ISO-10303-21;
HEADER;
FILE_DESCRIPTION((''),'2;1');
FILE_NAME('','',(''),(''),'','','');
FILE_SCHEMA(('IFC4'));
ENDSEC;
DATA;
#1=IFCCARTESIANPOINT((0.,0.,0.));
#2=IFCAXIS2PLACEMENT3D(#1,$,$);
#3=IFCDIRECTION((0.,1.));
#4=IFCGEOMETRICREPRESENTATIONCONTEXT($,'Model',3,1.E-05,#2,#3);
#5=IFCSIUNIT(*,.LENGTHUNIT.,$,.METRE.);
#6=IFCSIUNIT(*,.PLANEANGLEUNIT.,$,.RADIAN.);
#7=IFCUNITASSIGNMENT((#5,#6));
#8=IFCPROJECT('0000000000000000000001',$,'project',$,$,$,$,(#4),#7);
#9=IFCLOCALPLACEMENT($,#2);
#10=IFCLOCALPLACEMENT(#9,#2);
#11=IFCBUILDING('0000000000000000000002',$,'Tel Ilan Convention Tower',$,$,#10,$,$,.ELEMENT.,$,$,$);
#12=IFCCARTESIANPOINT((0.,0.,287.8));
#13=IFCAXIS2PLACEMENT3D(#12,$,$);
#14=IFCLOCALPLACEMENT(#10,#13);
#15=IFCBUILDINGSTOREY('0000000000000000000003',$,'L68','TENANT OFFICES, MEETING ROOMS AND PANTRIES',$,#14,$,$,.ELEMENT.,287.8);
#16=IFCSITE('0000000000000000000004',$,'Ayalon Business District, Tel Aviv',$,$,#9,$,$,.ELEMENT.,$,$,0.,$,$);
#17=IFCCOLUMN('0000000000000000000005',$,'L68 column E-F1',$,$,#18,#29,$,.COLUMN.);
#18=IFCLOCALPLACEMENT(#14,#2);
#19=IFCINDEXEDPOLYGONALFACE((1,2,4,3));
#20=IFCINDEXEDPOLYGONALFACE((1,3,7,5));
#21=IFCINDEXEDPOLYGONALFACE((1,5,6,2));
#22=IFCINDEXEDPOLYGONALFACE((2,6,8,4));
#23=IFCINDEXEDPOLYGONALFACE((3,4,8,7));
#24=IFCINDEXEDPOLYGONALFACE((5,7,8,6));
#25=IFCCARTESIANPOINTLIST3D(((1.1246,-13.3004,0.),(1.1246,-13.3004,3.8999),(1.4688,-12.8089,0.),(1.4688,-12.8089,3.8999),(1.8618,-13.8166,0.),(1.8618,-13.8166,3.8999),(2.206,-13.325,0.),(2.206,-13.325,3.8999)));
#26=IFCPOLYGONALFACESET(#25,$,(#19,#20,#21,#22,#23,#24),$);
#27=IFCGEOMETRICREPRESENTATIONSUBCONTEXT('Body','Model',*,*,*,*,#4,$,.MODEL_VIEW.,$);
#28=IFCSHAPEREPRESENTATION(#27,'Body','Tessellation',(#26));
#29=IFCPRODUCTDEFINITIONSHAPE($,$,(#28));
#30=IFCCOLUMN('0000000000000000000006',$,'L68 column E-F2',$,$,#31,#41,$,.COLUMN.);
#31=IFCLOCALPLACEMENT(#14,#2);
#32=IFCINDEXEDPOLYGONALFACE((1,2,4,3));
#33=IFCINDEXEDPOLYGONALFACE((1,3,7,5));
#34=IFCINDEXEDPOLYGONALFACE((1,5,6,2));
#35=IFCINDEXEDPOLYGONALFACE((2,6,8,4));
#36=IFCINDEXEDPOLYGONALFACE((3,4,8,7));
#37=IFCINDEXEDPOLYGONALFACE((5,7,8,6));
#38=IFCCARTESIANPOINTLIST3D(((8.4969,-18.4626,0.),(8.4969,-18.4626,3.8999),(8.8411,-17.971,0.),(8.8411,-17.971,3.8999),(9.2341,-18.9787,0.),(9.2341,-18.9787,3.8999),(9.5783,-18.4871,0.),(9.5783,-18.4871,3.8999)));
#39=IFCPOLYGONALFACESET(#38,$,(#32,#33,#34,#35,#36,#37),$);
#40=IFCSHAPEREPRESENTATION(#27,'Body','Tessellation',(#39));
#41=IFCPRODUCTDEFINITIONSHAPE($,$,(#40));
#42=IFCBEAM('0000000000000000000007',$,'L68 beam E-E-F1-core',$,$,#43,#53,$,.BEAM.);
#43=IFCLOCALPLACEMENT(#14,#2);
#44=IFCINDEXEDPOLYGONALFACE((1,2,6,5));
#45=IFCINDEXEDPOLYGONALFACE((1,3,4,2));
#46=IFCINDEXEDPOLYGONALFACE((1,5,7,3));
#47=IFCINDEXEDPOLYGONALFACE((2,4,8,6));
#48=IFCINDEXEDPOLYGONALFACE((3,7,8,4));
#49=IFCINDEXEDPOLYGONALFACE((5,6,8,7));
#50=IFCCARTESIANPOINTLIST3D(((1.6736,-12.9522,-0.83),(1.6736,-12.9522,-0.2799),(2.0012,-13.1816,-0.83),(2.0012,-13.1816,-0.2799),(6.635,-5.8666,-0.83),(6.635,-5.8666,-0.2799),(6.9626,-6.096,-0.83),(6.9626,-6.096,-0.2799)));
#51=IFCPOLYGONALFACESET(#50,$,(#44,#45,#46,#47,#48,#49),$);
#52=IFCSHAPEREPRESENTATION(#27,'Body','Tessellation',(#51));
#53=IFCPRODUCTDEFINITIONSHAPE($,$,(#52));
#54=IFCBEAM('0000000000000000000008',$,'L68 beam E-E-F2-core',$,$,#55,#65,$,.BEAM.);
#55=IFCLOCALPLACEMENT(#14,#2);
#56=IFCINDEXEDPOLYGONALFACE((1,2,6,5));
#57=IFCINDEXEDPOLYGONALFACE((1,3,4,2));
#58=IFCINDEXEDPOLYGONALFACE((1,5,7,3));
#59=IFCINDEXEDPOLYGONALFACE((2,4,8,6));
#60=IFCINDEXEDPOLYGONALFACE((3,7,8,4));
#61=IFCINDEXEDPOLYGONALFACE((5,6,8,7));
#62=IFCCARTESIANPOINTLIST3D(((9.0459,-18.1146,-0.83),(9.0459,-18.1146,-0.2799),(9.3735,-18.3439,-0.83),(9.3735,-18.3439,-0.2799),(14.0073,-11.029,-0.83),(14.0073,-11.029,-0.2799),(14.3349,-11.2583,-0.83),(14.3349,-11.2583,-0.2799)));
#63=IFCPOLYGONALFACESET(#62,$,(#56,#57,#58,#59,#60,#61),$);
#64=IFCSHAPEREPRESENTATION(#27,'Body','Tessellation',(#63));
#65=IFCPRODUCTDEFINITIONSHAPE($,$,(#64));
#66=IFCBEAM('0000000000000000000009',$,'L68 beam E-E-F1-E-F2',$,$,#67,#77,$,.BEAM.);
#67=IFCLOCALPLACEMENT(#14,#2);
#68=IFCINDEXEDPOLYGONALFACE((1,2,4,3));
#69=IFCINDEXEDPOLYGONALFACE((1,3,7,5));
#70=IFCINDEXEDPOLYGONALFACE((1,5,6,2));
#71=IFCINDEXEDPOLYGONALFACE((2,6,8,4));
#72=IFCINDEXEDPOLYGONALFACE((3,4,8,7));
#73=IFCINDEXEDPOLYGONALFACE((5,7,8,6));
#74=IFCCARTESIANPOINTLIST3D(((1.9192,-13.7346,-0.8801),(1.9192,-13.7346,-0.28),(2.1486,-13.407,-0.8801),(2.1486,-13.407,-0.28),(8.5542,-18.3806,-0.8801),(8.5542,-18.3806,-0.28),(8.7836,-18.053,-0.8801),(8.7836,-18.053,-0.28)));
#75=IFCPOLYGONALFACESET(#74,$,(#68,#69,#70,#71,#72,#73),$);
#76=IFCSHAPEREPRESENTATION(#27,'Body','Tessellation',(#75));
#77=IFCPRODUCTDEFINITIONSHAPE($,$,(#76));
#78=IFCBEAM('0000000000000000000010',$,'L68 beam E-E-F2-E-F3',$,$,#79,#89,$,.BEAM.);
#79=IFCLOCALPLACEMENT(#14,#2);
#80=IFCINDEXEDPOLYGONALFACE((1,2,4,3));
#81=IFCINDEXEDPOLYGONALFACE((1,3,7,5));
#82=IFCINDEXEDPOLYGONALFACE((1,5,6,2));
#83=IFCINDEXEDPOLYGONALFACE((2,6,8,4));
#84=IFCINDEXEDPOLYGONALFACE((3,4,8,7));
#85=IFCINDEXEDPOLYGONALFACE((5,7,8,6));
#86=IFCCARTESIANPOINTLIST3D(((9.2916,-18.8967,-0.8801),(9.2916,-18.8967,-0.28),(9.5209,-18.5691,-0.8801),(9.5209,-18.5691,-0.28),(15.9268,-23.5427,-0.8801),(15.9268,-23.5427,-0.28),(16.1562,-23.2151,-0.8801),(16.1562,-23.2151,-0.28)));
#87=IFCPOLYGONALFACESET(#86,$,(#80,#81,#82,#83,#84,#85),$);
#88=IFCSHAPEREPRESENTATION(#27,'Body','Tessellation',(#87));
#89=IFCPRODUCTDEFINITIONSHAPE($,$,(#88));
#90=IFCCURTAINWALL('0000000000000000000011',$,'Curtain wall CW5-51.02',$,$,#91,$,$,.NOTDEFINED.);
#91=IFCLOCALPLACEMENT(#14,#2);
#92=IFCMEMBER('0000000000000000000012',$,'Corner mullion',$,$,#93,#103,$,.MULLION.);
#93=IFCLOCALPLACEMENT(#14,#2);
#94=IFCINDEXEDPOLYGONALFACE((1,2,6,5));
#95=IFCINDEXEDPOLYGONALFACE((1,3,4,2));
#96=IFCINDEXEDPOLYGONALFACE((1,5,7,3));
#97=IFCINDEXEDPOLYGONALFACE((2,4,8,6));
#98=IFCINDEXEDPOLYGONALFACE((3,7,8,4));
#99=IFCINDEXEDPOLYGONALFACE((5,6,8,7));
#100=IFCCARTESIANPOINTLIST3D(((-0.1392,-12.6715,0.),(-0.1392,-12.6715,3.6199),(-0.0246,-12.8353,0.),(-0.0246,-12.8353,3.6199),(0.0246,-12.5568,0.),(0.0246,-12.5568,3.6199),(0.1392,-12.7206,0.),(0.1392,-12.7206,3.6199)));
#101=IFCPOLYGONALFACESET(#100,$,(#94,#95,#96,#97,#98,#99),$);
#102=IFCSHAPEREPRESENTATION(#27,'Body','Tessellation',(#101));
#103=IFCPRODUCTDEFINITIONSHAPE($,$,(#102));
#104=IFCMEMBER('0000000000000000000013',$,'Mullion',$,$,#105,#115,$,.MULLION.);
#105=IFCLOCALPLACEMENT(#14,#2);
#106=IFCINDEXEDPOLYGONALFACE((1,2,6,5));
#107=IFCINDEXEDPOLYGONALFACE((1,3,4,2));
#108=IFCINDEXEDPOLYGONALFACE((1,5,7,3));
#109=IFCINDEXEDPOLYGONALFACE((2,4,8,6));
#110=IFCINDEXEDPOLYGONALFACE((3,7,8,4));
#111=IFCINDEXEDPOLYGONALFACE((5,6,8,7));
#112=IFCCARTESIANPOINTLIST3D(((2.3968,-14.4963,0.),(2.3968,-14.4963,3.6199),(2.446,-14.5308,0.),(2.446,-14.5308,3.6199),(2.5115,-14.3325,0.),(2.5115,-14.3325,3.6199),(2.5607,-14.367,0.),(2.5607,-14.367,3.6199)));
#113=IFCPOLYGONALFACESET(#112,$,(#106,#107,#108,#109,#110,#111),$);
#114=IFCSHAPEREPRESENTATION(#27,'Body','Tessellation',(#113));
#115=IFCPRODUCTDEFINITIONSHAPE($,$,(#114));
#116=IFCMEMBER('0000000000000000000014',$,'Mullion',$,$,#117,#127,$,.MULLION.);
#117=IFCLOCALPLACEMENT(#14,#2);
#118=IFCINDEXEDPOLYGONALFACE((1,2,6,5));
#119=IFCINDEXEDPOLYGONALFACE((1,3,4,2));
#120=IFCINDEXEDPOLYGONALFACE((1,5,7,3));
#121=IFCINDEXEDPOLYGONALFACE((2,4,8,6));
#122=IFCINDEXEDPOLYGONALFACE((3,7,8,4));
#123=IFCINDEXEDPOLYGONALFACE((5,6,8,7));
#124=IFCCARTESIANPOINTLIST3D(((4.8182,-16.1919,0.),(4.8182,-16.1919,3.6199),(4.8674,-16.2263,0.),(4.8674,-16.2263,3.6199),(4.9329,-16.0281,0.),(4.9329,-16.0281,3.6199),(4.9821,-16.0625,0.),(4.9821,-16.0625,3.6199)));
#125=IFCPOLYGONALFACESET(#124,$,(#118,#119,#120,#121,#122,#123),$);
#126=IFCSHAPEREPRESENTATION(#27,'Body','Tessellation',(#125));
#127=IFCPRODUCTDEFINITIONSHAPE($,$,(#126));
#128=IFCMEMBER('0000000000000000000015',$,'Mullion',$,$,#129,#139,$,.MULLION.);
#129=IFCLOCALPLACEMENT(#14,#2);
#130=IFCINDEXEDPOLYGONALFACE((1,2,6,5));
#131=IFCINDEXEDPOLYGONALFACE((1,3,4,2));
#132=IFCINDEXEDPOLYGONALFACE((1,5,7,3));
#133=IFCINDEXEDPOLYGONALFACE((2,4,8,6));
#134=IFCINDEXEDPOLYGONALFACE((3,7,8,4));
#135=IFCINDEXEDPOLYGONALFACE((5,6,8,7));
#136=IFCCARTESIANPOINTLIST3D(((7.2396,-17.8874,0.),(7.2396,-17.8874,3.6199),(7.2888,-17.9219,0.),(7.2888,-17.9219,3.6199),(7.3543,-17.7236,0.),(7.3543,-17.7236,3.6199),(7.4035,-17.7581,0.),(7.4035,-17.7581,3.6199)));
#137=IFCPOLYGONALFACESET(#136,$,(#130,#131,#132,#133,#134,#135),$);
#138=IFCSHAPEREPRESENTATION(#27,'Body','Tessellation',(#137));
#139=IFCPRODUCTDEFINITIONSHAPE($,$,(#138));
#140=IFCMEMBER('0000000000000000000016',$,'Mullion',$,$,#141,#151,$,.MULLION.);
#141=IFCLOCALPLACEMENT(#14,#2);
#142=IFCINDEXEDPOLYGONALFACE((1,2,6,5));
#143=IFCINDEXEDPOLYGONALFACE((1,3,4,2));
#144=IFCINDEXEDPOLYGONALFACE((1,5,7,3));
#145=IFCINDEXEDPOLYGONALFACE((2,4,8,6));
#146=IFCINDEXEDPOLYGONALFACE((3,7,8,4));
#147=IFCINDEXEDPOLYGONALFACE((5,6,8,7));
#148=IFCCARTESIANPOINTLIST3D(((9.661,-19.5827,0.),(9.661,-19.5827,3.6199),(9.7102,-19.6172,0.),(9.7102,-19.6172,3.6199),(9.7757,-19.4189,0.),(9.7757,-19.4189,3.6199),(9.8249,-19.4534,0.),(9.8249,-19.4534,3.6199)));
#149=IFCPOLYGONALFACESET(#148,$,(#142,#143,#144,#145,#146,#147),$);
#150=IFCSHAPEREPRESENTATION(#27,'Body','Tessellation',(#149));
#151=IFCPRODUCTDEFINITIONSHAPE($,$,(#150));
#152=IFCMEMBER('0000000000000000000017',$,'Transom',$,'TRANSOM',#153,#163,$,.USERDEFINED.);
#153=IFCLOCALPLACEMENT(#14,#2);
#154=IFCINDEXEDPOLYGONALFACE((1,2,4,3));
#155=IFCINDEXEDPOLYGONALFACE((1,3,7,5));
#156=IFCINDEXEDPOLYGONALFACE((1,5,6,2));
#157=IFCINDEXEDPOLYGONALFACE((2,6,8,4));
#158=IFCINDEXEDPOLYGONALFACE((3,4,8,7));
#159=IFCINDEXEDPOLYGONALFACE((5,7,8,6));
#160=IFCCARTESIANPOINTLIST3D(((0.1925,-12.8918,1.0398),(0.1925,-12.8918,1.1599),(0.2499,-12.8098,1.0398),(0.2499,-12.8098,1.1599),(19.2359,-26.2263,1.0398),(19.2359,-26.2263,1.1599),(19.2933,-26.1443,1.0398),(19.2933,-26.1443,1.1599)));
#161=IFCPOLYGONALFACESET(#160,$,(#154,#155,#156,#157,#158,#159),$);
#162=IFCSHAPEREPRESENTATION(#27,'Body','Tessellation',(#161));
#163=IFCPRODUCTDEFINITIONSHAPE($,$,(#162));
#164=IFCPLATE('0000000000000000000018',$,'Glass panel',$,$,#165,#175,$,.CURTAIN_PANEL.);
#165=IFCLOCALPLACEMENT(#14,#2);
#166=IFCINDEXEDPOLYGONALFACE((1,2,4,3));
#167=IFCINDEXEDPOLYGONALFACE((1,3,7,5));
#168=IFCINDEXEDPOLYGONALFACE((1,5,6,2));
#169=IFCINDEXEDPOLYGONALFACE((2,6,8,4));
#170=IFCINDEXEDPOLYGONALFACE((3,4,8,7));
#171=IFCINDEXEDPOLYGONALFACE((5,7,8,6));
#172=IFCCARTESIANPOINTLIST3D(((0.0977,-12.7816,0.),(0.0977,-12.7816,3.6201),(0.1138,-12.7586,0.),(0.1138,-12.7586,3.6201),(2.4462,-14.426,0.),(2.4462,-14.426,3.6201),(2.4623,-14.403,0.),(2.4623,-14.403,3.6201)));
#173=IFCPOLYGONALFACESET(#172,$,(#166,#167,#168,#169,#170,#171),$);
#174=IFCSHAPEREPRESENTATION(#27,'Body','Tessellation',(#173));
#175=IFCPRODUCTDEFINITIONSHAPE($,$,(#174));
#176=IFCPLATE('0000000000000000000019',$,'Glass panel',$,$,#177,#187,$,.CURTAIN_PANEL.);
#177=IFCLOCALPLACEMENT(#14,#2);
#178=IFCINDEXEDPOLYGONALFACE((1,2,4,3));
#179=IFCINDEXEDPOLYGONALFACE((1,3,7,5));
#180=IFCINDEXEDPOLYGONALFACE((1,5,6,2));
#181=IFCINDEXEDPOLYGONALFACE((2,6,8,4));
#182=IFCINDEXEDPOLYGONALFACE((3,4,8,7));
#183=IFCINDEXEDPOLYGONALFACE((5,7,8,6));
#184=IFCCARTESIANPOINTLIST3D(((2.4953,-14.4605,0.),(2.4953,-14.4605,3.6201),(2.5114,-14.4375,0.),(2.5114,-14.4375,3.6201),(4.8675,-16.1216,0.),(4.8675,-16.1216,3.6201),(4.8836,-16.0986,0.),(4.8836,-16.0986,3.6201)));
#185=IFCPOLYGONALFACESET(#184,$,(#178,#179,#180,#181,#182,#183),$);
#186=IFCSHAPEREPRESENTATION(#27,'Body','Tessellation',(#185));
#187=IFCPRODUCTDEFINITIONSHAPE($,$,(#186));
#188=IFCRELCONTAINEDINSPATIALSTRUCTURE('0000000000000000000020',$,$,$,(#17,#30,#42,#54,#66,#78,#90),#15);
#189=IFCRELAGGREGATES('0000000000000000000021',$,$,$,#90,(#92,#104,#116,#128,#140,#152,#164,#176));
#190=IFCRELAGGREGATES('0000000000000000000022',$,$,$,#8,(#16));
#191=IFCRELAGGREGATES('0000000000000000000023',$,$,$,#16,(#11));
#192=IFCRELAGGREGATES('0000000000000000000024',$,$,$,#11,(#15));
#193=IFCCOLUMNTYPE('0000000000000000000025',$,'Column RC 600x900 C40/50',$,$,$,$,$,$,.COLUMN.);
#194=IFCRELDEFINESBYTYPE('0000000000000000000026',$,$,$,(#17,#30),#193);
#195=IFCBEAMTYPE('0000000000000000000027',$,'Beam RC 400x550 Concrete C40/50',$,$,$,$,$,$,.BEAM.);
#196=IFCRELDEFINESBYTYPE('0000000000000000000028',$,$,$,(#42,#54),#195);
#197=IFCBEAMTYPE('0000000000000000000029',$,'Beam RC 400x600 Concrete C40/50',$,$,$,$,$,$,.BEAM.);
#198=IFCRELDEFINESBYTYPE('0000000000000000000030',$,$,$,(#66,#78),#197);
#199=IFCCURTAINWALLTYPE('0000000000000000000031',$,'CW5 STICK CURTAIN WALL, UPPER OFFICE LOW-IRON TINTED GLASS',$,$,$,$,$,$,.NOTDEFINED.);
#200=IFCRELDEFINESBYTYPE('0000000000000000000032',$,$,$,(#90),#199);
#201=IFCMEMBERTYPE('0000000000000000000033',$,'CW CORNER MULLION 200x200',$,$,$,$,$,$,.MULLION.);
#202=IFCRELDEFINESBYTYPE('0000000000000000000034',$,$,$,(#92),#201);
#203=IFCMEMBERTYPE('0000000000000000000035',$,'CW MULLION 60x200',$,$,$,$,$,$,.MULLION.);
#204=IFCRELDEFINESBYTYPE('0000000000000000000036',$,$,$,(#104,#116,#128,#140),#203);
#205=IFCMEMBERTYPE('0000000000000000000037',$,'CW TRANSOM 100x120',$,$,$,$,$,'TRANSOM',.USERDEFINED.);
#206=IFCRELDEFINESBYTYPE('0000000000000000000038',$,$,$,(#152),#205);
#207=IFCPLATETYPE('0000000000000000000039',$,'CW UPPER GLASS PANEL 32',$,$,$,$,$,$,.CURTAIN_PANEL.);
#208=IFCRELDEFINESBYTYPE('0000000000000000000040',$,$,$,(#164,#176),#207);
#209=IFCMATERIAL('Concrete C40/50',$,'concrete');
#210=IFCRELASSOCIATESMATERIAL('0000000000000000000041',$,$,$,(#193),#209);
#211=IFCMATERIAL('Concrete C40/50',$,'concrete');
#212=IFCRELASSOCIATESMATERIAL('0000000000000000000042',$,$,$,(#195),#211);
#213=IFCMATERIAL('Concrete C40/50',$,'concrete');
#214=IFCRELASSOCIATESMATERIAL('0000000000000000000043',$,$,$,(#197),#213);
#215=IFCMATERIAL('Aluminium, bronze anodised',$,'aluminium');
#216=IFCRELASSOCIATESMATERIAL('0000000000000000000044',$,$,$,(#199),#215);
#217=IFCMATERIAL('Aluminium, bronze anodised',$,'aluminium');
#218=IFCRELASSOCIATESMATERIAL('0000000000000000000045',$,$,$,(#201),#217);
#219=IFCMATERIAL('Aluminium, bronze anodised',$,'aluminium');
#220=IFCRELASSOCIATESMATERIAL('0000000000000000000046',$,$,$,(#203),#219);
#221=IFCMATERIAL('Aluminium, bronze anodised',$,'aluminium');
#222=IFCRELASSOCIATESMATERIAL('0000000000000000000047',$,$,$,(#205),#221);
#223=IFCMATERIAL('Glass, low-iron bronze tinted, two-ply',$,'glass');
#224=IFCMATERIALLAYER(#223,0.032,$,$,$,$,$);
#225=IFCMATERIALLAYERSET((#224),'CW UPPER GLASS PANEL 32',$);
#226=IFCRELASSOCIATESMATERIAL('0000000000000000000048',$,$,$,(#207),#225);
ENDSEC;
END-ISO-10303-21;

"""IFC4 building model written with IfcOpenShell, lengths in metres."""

from ifc_helpers import new_model, si_unit, direction, frame, origin, origin_2d, place, context, subcontext, project, spatial, rectangle, extrude, material, layer, layer_set, material_profile, profile_set, type_object, element, aggregate, save


model = new_model("IFC4")

# Units and contexts
model_context = context("Model", 3, precision=1e-05, world=origin(), true_north=direction((0.0, 1.0)))
body_context = subcontext(model_context, "Body", "Model", "MODEL_VIEW")
ifc_project = project(units=[si_unit("LENGTHUNIT", "METRE"), si_unit("PLANEANGLEUNIT", "RADIAN")], contexts=[model_context])

# Site, building, storey
site_placement = place(None, origin())
site = spatial("IfcSite", under=ifc_project, at=site_placement, Name="Ayalon Business District, Tel Aviv", CompositionType="ELEMENT", RefElevation=0.0)
building_placement = place(site_placement, origin())
building = spatial("IfcBuilding", under=site, at=building_placement, Name="Tel Ilan Convention Tower", CompositionType="ELEMENT")
storey_placement = place(building_placement, frame((0.0, 0.0, 287.8)))
storey = spatial("IfcBuildingStorey", under=building, at=storey_placement, Name="L68", Description="TENANT OFFICES, MEETING ROOMS AND PANTRIES", CompositionType="ELEMENT", Elevation=287.8)

# Columns
ifc_material_1 = material(Name="Concrete C40/50", Category="concrete")
ifc_material_profile_1 = material_profile(ifc_material_1, rectangle(XDim=0.8999, YDim=0.6001, at=origin_2d()), Name="RC 600x900")
ifc_profile_set_1 = profile_set([ifc_material_profile_1], Name="Concrete C40/50")
column_type = type_object("IfcColumnType", Name="Column RC 600x900 C40/50", PredefinedType="COLUMN", material=ifc_profile_set_1)
for number, where, z_axis, x_axis, name in (
    (1, (1.6653, -13.3127, 0.0), (0.0, 0.0, 1.0), (0.819152, -0.573576, 0.0), "L68 column E-F1"),
    (2, (9.0376, -18.4749, 0.0), (0.0, 0.0, 1.0), (0.819152, -0.573576, 0.0), "L68 column E-F2"),
):
    element("IfcColumn", number, at=place(storey_placement, frame(where, z_axis=z_axis, x_axis=x_axis)), inside=storey, type_object=column_type, Name=name, PredefinedType="COLUMN", context=body_context, shape_type="SweptSolid", body=[
        extrude(rectangle(XDim=0.8999, YDim=0.6001, at=origin_2d()), origin(), (0.0, 0.0, 1.0), 3.8999),
    ])

# Beams
ifc_material_2 = material(Name="Concrete C40/50", Category="concrete")
ifc_material_profile_2 = material_profile(ifc_material_2, rectangle(XDim=0.3999, YDim=0.55, at=origin_2d()), Name="RC 400x550")
ifc_profile_set_2 = profile_set([ifc_material_profile_2], Name="Concrete C40/50")
beam_type_1 = type_object("IfcBeamType", Name="Beam RC 400x550 Concrete C40/50", PredefinedType="BEAM", material=ifc_profile_set_2)
for number, where, z_axis, x_axis, name in (
    (3, (1.8374, -13.0669, -0.5549), (0.573574, 0.819154, 0.0), (-0.819154, 0.573574, 0.0), "L68 beam E-E-F1-core"),
    (4, (9.2097, -18.2292, -0.5549), (0.573574, 0.819154, 0.0), (-0.819154, 0.573574, 0.0), "L68 beam E-E-F2-core"),
):
    element("IfcBeam", number, at=place(storey_placement, frame(where, z_axis=z_axis, x_axis=x_axis)), inside=storey, type_object=beam_type_1, Name=name, PredefinedType="BEAM", context=body_context, shape_type="SweptSolid", body=[
        extrude(rectangle(XDim=0.3999, YDim=0.55, at=origin_2d()), origin(), (0.0, 0.0, 1.0), 8.6499),
    ])
ifc_material_3 = material(Name="Concrete C40/50", Category="concrete")
ifc_material_profile_3 = material_profile(ifc_material_3, rectangle(XDim=0.3999, YDim=0.6001, at=origin_2d()), Name="RC 400x600")
ifc_profile_set_3 = profile_set([ifc_material_profile_3], Name="Concrete C40/50")
beam_type_2 = type_object("IfcBeamType", Name="Beam RC 400x600 Concrete C40/50", PredefinedType="BEAM", material=ifc_profile_set_3)
beam_1_placement = place(storey_placement, frame((2.0339, -13.5708, -0.5801), z_axis=(0.819146, -0.573586, 0.0), x_axis=(0.573586, 0.819146, 0.0)))
element("IfcBeam", 5, at=beam_1_placement, inside=storey, type_object=beam_type_2, Name="L68 beam E-E-F1-E-F2", PredefinedType="BEAM", context=body_context, shape_type="SweptSolid", body=[
    extrude(rectangle(XDim=0.3999, YDim=0.6001, at=origin_2d()), origin(), (0.0, 0.0, 1.0), 8.0999),
])
beam_2_placement = place(storey_placement, frame((9.4062, -18.7329, -0.5801), z_axis=(0.819155, -0.573572, 0.0), x_axis=(0.573572, 0.819155, 0.0)))
element("IfcBeam", 6, at=beam_2_placement, inside=storey, type_object=beam_type_2, Name="L68 beam E-E-F2-E-F3", PredefinedType="BEAM", context=body_context, shape_type="SweptSolid", body=[
    extrude(rectangle(XDim=0.3999, YDim=0.6001, at=origin_2d()), origin(), (0.0, 0.0, 1.0), 8.1001),
])

# Curtain wall, members, plates
ifc_material_4 = material(Name="Aluminium, bronze anodised", Category="aluminium")
curtain_wall_type = type_object("IfcCurtainWallType", Name="CW5 STICK CURTAIN WALL, UPPER OFFICE LOW-IRON TINTED GLASS", PredefinedType="NOTDEFINED", material=ifc_material_4)
curtain_wall_placement = place(storey_placement, origin())
curtain_wall = element("IfcCurtainWall", 7, at=curtain_wall_placement, inside=storey, type_object=curtain_wall_type, Name="Curtain wall CW5-51.02", PredefinedType="NOTDEFINED")
ifc_material_5 = material(Name="Aluminium, bronze anodised", Category="aluminium")
ifc_material_profile_4 = material_profile(ifc_material_5, rectangle(XDim=0.2, YDim=0.2, at=origin_2d()), Name="CW CORNER MULLION 200x200")
ifc_profile_set_4 = profile_set([ifc_material_profile_4], Name="Aluminium, bronze anodised")
member_type_1 = type_object("IfcMemberType", Name="CW CORNER MULLION 200x200", PredefinedType="MULLION", material=ifc_profile_set_4)
member_1_placement = place(storey_placement, frame((0.0, -12.696, 0.0), z_axis=(0.0, 0.0, 1.0), x_axis=(0.819152, 0.573576, 0.0)))
member_1 = element("IfcMember", 8, at=member_1_placement, type_object=member_type_1, Name="Corner mullion", PredefinedType="MULLION", context=body_context, shape_type="SweptSolid", body=[
    extrude(rectangle(XDim=0.2, YDim=0.2, at=origin_2d()), origin(), (0.0, 0.0, 1.0), 3.6199),
])
ifc_material_6 = material(Name="Aluminium, bronze anodised", Category="aluminium")
ifc_material_profile_5 = material_profile(ifc_material_6, rectangle(XDim=0.0601, YDim=0.2, at=origin_2d()), Name="CW MULLION 60x200")
ifc_profile_set_5 = profile_set([ifc_material_profile_5], Name="Aluminium, bronze anodised")
member_type_2 = type_object("IfcMemberType", Name="CW MULLION 60x200", PredefinedType="MULLION", material=ifc_profile_set_5)
member_2_placement = place(storey_placement, frame((2.4788, -14.4316, 0.0), z_axis=(0.0, 0.0, 1.0), x_axis=(0.819152, -0.573576, 0.0)))
member_2 = element("IfcMember", 9, at=member_2_placement, type_object=member_type_2, Name="Mullion", PredefinedType="MULLION", context=body_context, shape_type="SweptSolid", body=[
    extrude(rectangle(XDim=0.0601, YDim=0.2, at=origin_2d()), origin(), (0.0, 0.0, 1.0), 3.6199),
])
member_3_placement = place(storey_placement, frame((4.9001, -16.1272, 0.0), z_axis=(0.0, 0.0, 1.0), x_axis=(0.819152, -0.573576, 0.0)))
member_3 = element("IfcMember", 10, at=member_3_placement, type_object=member_type_2, Name="Mullion", PredefinedType="MULLION", context=body_context, shape_type="SweptSolid", body=[
    extrude(rectangle(XDim=0.0601, YDim=0.2, at=origin_2d()), origin(), (0.0, 0.0, 1.0), 3.6199),
])
member_4_placement = place(storey_placement, frame((7.3215, -17.8228, 0.0), z_axis=(0.0, 0.0, 1.0), x_axis=(0.819152, -0.573576, 0.0)))
member_4 = element("IfcMember", 11, at=member_4_placement, type_object=member_type_2, Name="Mullion", PredefinedType="MULLION", context=body_context, shape_type="SweptSolid", body=[
    extrude(rectangle(XDim=0.0601, YDim=0.2, at=origin_2d()), origin(), (0.0, 0.0, 1.0), 3.6199),
])
member_5_placement = place(storey_placement, frame((9.7429, -19.5181, 0.0), z_axis=(0.0, 0.0, 1.0), x_axis=(0.819152, -0.573576, 0.0)))
member_5 = element("IfcMember", 12, at=member_5_placement, type_object=member_type_2, Name="Mullion", PredefinedType="MULLION", context=body_context, shape_type="SweptSolid", body=[
    extrude(rectangle(XDim=0.0601, YDim=0.2, at=origin_2d()), origin(), (0.0, 0.0, 1.0), 3.6199),
])
ifc_material_7 = material(Name="Aluminium, bronze anodised", Category="aluminium")
ifc_material_profile_6 = material_profile(ifc_material_7, rectangle(XDim=0.1001, YDim=0.1201, at=origin_2d()), Name="CW TRANSOM 100x120")
ifc_profile_set_6 = profile_set([ifc_material_profile_6], Name="Aluminium, bronze anodised")
member_type_3 = type_object("IfcMemberType", Name="CW TRANSOM 100x120", ElementType="TRANSOM", PredefinedType="USERDEFINED", material=ifc_profile_set_6)
member_6_placement = place(storey_placement, frame((0.2212, -12.8508, 1.0999), z_axis=(0.81915, -0.573579, 0.0), x_axis=(0.573579, 0.81915, 0.0)))
member_6 = element("IfcMember", 13, at=member_6_placement, type_object=member_type_3, Name="Transom", ObjectType="TRANSOM", PredefinedType="USERDEFINED", context=body_context, shape_type="SweptSolid", body=[
    extrude(rectangle(XDim=0.1001, YDim=0.1201, at=origin_2d()), origin(), (0.0, 0.0, 1.0), 23.2478),
])
ifc_material_8 = material(Name="Glass, low-iron bronze tinted, two-ply", Category="glass")
ifc_layer_1 = layer(ifc_material_8, 0.032)
ifc_layer_set_1 = layer_set([ifc_layer_1], Name="CW UPPER GLASS PANEL 32")
plate_type = type_object("IfcPlateType", Name="CW UPPER GLASS PANEL 32", PredefinedType="CURTAIN_PANEL", material=ifc_layer_set_1)
plate_1_placement = place(storey_placement, frame((1.28, -13.5923, 0.0), z_axis=(0.0, 0.0, 1.0), x_axis=(0.819152, -0.573576, 0.0)))
plate_1 = element("IfcPlate", 14, at=plate_1_placement, type_object=plate_type, Name="Glass panel", PredefinedType="CURTAIN_PANEL", context=body_context, shape_type="SweptSolid", body=[
    extrude(rectangle(XDim=2.8669, YDim=0.0281, at=origin_2d()), origin(), (0.0, 0.0, 1.0), 3.6201),
])
plate_2_placement = place(storey_placement, frame((3.6895, -15.2795, 0.0), z_axis=(0.0, 0.0, 1.0), x_axis=(0.819152, -0.573576, 0.0)))
plate_2 = element("IfcPlate", 15, at=plate_2_placement, type_object=plate_type, Name="Glass panel", PredefinedType="CURTAIN_PANEL", context=body_context, shape_type="SweptSolid", body=[
    extrude(rectangle(XDim=2.896, YDim=0.0281, at=origin_2d()), origin(), (0.0, 0.0, 1.0), 3.6201),
])
aggregate(curtain_wall, [member_1, member_2, member_3, member_4, member_5, member_6, plate_1, plate_2])

save(model, "model.ifc")
